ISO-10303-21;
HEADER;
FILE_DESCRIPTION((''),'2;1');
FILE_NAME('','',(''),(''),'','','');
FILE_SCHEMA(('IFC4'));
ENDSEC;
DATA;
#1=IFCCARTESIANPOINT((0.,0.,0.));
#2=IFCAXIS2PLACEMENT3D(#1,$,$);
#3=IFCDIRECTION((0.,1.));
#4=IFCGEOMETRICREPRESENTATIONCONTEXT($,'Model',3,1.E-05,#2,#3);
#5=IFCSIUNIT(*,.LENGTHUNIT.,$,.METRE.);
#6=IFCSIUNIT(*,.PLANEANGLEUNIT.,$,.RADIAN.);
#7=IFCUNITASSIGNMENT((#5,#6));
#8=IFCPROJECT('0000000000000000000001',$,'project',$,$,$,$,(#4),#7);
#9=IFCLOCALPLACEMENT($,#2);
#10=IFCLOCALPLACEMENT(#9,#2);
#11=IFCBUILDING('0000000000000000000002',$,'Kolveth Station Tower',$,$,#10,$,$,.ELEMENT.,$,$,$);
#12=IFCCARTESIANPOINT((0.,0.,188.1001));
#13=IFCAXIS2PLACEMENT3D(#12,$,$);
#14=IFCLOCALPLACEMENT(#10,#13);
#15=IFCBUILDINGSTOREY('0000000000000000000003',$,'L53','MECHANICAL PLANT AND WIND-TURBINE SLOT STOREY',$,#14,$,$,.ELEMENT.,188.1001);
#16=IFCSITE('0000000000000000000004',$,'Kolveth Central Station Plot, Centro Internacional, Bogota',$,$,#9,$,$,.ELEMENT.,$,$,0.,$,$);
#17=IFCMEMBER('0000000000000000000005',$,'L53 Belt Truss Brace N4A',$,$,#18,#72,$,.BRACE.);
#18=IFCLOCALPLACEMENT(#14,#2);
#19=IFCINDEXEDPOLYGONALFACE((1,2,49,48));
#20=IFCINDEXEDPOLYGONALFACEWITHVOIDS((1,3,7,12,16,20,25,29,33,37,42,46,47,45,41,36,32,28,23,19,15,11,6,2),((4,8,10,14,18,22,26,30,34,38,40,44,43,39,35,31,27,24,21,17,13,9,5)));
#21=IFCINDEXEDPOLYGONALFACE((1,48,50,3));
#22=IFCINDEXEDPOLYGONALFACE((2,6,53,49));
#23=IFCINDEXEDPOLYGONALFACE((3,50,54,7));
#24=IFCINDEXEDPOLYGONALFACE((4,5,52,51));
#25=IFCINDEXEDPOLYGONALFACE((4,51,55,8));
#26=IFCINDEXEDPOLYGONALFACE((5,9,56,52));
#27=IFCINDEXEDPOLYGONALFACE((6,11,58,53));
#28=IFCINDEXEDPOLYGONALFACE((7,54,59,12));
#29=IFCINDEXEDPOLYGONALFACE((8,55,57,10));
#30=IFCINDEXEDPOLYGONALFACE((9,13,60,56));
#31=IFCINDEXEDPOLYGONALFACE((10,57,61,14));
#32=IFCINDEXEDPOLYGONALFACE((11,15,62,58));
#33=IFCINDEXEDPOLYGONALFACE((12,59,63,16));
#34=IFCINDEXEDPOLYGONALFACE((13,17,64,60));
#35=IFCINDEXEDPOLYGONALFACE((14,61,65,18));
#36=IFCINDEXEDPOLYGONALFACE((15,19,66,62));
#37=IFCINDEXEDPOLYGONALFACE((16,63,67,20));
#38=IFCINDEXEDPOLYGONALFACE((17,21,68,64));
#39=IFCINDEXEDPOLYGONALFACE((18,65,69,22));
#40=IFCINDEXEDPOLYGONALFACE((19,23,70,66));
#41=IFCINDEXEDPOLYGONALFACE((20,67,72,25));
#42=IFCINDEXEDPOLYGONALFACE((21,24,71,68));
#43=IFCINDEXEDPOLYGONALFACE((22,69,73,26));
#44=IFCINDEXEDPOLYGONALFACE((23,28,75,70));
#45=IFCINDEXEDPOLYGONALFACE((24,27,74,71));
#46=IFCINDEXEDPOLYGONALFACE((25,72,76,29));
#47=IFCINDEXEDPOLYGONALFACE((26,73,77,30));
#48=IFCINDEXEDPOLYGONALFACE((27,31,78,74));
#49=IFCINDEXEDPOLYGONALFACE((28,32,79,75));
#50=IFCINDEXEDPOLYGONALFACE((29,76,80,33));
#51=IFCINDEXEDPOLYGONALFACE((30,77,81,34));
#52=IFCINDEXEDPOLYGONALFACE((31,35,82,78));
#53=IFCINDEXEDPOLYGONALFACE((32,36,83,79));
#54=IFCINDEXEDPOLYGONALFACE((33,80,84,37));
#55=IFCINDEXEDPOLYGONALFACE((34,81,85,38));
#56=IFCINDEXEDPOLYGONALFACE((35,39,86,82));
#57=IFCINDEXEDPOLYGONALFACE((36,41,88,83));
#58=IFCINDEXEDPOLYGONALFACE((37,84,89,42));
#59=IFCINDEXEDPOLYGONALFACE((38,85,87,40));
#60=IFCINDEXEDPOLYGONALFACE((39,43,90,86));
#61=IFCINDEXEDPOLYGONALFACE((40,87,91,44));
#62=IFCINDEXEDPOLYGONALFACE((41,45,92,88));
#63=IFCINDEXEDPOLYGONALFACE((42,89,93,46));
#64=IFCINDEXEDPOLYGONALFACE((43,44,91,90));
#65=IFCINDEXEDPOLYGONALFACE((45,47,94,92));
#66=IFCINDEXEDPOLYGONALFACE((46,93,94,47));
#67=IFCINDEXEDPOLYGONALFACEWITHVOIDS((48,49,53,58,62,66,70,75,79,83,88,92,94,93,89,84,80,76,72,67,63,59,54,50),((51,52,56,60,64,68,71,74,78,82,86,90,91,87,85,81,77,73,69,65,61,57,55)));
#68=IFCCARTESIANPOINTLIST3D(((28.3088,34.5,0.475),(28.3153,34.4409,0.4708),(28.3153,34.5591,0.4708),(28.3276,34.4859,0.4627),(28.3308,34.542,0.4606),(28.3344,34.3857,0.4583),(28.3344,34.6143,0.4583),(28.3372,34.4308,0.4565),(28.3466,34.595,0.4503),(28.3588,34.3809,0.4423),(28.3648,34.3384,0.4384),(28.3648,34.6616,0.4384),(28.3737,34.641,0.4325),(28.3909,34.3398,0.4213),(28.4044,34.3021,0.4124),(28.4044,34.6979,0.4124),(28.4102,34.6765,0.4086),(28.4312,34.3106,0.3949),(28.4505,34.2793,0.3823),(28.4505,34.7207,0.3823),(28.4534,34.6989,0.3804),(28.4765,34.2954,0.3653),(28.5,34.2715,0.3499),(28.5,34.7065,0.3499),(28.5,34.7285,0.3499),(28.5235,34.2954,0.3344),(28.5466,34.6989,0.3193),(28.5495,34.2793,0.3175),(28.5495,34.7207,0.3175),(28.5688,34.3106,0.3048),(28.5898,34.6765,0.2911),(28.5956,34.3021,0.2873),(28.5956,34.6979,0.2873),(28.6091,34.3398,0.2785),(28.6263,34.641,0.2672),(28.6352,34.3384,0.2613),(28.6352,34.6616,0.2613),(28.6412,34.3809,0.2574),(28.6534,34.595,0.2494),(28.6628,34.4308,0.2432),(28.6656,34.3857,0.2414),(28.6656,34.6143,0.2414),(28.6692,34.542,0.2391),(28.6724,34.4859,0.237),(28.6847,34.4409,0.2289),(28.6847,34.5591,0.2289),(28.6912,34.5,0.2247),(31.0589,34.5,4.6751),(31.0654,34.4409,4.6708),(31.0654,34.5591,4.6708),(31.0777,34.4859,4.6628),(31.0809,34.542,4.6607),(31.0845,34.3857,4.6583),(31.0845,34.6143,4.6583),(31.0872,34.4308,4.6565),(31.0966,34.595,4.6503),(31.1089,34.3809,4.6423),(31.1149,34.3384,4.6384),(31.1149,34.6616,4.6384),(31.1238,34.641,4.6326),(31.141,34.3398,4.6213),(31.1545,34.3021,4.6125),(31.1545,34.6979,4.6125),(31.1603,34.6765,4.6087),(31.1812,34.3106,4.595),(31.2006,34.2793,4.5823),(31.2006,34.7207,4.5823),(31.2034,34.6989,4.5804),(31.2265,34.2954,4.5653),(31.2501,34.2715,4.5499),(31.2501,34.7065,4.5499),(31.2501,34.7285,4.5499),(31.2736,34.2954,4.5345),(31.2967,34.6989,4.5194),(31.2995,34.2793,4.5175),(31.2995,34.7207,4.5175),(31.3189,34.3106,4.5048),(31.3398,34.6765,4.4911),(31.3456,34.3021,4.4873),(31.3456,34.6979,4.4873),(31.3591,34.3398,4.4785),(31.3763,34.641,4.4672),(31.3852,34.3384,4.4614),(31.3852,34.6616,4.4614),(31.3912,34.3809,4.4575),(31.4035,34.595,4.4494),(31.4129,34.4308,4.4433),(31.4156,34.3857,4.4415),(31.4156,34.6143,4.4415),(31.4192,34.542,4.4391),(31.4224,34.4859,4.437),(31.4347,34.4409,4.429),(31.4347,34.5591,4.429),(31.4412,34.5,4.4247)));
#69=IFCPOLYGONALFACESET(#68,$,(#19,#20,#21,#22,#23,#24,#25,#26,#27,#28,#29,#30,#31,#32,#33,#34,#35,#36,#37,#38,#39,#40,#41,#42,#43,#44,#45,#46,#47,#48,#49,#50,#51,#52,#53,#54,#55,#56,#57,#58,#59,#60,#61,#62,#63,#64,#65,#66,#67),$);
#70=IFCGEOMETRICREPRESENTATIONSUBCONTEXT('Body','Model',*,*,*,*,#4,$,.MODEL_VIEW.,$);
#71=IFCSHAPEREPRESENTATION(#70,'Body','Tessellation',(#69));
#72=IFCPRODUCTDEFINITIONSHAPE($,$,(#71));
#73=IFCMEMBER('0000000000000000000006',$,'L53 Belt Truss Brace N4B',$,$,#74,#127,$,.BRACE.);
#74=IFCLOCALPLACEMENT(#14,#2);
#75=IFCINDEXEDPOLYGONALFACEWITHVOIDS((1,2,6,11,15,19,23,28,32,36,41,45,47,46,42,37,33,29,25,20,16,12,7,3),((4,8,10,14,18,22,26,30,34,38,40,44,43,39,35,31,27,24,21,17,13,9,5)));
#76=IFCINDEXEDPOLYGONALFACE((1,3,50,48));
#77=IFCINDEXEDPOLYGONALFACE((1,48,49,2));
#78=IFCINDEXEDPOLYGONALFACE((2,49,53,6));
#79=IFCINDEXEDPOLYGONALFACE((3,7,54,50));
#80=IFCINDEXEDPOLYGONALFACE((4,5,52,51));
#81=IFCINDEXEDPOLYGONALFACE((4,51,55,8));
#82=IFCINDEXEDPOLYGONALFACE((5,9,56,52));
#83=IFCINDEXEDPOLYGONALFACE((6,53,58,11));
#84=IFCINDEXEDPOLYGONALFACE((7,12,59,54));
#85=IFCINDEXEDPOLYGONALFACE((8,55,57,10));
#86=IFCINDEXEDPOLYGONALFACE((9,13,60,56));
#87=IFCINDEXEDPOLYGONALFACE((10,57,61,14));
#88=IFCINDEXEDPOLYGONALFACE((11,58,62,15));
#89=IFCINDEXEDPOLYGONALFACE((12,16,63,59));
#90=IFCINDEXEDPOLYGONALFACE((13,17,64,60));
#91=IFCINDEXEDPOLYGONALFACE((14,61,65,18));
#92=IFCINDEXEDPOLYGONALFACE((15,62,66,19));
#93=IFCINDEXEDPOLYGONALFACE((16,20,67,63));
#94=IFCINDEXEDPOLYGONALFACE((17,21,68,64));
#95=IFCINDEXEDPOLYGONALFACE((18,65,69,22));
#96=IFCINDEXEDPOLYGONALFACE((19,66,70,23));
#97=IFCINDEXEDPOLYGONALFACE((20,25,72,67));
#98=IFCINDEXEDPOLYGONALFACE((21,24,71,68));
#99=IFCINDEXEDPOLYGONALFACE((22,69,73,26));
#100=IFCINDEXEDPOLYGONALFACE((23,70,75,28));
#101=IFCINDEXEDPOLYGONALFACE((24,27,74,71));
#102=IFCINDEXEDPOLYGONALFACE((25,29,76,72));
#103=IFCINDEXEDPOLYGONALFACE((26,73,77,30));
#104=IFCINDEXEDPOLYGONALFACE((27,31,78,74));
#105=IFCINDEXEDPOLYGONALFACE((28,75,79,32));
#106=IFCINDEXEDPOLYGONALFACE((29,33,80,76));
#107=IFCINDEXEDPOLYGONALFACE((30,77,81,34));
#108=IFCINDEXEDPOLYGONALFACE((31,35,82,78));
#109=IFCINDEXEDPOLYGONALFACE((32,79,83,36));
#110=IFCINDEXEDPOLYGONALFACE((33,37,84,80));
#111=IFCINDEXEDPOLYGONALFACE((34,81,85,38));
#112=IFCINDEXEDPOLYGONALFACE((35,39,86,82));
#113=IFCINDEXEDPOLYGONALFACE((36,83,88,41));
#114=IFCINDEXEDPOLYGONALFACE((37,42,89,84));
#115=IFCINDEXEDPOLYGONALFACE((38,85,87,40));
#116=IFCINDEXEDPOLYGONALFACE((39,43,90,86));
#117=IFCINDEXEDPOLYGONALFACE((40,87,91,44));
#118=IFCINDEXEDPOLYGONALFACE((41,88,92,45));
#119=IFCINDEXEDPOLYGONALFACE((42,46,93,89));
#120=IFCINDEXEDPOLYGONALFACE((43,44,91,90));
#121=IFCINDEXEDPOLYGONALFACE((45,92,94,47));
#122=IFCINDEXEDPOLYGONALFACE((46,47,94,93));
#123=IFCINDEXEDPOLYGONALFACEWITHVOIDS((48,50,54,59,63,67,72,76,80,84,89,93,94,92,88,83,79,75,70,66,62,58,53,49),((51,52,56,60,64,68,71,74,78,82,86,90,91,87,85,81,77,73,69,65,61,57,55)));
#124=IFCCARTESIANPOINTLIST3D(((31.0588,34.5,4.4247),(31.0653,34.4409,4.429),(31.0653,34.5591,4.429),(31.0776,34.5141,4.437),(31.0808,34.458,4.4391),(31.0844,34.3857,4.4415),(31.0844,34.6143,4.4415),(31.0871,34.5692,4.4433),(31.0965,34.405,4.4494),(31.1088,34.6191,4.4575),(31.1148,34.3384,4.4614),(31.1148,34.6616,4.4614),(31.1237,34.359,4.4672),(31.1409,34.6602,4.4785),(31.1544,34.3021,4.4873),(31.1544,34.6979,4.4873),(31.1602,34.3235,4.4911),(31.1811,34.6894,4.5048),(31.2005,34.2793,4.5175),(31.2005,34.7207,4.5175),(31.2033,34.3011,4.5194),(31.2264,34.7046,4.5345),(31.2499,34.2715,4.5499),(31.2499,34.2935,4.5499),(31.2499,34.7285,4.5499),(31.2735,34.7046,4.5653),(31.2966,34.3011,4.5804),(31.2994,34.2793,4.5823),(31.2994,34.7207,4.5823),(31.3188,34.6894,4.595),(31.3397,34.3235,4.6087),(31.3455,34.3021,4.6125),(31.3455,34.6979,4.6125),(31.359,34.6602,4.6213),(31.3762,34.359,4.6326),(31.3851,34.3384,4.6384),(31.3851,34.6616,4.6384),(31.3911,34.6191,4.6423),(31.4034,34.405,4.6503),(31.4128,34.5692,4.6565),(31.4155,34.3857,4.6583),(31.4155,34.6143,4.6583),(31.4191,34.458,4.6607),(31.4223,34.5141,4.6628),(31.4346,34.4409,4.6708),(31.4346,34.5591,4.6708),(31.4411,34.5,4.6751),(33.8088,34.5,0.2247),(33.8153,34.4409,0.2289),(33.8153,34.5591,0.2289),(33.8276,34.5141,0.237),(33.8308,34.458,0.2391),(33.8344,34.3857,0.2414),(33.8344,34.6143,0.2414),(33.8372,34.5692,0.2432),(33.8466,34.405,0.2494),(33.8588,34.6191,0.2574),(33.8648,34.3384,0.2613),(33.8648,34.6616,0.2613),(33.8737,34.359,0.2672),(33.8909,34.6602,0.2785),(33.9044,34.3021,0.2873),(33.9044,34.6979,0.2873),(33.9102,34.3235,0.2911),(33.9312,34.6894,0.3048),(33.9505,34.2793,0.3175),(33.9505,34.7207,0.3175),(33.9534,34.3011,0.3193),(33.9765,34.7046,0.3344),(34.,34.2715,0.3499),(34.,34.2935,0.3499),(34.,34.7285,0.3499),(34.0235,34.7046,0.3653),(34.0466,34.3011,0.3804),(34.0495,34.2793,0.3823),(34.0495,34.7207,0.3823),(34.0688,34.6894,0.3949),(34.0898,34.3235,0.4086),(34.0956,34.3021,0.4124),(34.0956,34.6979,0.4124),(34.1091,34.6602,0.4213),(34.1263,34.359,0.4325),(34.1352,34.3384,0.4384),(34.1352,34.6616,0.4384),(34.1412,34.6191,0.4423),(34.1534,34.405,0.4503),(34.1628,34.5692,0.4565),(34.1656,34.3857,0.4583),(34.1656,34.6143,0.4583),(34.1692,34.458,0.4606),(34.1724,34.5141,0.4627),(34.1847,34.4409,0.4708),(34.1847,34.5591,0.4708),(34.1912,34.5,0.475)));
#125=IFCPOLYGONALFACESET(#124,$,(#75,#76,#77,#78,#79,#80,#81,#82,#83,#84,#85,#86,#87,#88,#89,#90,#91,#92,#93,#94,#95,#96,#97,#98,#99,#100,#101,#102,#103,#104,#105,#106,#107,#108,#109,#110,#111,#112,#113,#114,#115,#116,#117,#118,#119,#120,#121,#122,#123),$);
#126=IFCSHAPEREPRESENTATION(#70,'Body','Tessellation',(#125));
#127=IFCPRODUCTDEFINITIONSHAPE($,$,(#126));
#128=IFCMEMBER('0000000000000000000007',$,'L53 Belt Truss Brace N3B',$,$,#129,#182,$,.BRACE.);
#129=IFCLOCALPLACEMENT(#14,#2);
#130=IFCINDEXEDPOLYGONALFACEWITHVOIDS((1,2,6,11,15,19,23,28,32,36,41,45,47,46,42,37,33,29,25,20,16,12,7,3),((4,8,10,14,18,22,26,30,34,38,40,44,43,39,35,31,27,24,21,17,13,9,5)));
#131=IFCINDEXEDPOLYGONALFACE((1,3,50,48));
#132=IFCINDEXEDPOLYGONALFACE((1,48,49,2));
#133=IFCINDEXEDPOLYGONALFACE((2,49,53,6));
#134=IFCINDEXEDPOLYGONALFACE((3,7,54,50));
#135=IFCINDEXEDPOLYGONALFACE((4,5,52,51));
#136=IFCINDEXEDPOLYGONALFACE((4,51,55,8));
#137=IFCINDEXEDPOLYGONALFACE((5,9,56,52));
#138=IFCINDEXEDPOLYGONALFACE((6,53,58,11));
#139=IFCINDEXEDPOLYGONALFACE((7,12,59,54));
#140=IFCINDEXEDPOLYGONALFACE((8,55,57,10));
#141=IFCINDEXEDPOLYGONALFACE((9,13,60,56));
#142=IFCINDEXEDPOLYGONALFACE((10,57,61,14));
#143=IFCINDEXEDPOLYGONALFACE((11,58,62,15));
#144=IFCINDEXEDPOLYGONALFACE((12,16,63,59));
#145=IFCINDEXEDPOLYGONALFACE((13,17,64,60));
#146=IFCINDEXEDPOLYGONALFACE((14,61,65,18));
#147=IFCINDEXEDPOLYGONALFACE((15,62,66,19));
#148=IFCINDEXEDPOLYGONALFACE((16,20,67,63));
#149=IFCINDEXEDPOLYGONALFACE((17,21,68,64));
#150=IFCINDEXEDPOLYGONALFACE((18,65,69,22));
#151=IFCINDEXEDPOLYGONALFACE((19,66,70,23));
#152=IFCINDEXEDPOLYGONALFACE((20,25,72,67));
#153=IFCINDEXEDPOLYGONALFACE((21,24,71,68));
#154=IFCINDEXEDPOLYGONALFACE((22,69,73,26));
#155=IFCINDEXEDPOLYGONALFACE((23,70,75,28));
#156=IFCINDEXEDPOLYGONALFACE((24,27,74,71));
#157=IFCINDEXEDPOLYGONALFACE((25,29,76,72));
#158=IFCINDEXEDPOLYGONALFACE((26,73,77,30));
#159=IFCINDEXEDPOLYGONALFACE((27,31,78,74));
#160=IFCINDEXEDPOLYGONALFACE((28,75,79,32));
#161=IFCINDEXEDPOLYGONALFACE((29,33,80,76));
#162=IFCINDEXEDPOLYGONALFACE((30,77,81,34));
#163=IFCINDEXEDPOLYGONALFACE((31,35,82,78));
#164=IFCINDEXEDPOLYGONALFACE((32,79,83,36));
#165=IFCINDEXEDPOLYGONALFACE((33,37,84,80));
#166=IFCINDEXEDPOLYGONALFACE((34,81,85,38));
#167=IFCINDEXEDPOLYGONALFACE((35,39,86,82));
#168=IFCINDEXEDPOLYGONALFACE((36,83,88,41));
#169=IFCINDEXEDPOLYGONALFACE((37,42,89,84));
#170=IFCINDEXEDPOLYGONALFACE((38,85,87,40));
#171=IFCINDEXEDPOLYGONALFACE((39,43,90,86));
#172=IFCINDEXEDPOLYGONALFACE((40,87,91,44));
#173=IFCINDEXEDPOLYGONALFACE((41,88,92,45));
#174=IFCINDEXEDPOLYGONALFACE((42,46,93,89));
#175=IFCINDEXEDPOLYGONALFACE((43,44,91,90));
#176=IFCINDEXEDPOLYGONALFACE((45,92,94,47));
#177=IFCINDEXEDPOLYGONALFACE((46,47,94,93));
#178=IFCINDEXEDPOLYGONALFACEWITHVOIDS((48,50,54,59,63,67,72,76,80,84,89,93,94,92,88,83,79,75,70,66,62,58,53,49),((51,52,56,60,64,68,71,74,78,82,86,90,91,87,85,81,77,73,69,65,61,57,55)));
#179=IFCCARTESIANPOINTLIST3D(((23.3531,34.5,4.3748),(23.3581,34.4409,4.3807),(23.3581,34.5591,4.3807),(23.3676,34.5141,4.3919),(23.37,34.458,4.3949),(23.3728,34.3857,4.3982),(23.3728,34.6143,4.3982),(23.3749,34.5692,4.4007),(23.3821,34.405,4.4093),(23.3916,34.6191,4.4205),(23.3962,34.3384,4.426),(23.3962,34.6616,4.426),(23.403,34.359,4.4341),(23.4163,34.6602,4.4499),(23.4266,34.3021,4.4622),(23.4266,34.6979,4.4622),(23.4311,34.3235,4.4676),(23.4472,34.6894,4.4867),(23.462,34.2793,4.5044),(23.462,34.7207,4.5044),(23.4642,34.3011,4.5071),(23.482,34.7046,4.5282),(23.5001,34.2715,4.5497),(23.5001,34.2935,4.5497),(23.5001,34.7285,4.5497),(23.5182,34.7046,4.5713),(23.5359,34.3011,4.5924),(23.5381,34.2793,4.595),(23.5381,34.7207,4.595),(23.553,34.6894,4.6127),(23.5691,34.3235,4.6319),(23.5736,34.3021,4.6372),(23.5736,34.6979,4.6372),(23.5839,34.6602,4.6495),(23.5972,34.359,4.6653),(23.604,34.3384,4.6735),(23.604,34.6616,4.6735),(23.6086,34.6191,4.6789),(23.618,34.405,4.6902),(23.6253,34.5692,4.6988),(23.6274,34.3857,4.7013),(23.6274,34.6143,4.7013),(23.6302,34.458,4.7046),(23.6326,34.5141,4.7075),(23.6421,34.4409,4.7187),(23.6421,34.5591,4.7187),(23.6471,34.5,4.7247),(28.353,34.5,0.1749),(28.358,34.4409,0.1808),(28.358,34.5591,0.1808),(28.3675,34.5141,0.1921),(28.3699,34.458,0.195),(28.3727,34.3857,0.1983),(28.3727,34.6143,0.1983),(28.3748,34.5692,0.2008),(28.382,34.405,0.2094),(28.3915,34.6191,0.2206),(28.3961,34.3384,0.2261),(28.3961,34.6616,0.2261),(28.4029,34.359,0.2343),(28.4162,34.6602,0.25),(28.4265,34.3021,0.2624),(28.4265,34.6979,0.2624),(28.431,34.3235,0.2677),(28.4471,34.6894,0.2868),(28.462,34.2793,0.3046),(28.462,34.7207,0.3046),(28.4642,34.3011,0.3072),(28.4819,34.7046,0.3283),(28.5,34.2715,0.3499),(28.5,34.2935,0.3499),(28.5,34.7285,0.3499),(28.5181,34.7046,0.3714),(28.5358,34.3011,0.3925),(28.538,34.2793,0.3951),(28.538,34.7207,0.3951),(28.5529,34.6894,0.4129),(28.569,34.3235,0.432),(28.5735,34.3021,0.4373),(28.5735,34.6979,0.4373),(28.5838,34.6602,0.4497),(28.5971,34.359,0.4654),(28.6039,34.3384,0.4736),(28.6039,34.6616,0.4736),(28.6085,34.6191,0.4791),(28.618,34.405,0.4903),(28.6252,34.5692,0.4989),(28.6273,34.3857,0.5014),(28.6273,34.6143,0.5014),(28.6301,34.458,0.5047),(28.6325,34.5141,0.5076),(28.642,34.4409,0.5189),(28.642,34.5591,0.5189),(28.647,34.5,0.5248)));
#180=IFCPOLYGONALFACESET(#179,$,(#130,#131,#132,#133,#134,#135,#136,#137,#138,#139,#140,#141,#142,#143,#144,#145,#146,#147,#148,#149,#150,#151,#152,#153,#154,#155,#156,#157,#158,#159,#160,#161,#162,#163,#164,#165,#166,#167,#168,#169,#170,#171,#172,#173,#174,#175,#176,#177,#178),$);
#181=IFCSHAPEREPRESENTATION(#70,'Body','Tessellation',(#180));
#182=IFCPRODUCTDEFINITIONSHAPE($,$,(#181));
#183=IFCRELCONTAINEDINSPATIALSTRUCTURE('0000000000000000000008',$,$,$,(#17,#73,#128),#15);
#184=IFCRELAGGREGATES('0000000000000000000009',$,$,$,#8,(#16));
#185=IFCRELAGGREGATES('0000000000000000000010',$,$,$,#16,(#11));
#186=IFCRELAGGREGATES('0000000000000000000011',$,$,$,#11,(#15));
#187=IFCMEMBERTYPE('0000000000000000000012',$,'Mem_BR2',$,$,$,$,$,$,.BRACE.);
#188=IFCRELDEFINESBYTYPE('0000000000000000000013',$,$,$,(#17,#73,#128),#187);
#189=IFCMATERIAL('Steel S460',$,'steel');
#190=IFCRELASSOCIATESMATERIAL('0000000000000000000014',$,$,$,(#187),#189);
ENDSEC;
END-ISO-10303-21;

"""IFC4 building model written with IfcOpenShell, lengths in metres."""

from ifc_helpers import new_model, si_unit, direction, frame, origin, origin_2d, place, context, subcontext, project, spatial, hollow_circle, extrude, source, transform, mapped, material, material_profile, profile_set, type_object, element, save


model = new_model("IFC4")

# Units and contexts
model_context = context("Model", 3, precision=1e-05, world=origin(), true_north=direction((0.0, 1.0)))
body_context = subcontext(model_context, "Body", "Model", "MODEL_VIEW")
ifc_project = project(units=[si_unit("LENGTHUNIT", "METRE"), si_unit("PLANEANGLEUNIT", "RADIAN")], contexts=[model_context])

# Site, building, storey
site_placement = place(None, origin())
site = spatial("IfcSite", under=ifc_project, at=site_placement, Name="Kolveth Central Station Plot, Centro Internacional, Bogota", CompositionType="ELEMENT", RefElevation=0.0)
building_placement = place(site_placement, origin())
building = spatial("IfcBuilding", under=site, at=building_placement, Name="Kolveth Station Tower", CompositionType="ELEMENT")
storey_placement = place(building_placement, frame((0.0, 0.0, 188.1001)))
storey = spatial("IfcBuildingStorey", under=building, at=storey_placement, Name="L53", Description="MECHANICAL PLANT AND WIND-TURBINE SLOT STOREY", CompositionType="ELEMENT", Elevation=188.1001)

# Members
ifc_material_1 = material(Name="Steel S460", Category="steel")
ifc_material_profile_1 = material_profile(ifc_material_1, hollow_circle(Radius=0.2285, WallThickness=0.022, at=origin_2d()), Name="CHS457x22")
ifc_profile_set_1 = profile_set([ifc_material_profile_1], Name="Steel S460")
member_type_1 = type_object("IfcMemberType", Name="Mem_BR2", PredefinedType="BRACE", material=ifc_profile_set_1)
shared_shape_1 = source(origin(), body_context, "Body", "SweptSolid", [
    extrude(hollow_circle(Radius=0.2285, WallThickness=0.022, at=origin_2d()), origin(), (0.0, 0.0, 1.0), 5.0203),
])
for number, where, z_axis, x_axis, name in (
    (1, (28.5, 34.5, 0.3499), (0.54779, 0.0, 0.836616), (0.0, 1.0, 0.0), "L53 Belt Truss Brace N4A"),
    (2, (34.0, 34.5, 0.3499), (-0.54779, 0.0, 0.836616), (0.0, -1.0, 0.0), "L53 Belt Truss Brace N4B"),
):
    element("IfcMember", number, at=place(storey_placement, frame(where, z_axis=z_axis, x_axis=x_axis)), inside=storey, type_object=member_type_1, Name=name, PredefinedType="BRACE", context=body_context, shape_type="MappedRepresentation", body=[
        mapped(shared_shape_1, transform((0.0, 0.0, 0.0), x_axis=(1.0, 0.0, 0.0), y_axis=(0.0, 1.0, 0.0), z_axis=(0.0, 0.0, 1.0), scale=1.0)),
    ])
shared_shape_2 = source(origin(), body_context, "Body", "SweptSolid", [
    extrude(hollow_circle(Radius=0.2285, WallThickness=0.022, at=origin_2d()), origin(), (0.0, 0.0, 1.0), 6.5298),
])
member_1_placement = place(storey_placement, frame((28.5, 34.5, 0.3499), z_axis=(-0.765709, 0.0, 0.643188), x_axis=(0.0, -1.0, 0.0)))
element("IfcMember", 3, at=member_1_placement, inside=storey, type_object=member_type_1, Name="L53 Belt Truss Brace N3B", PredefinedType="BRACE", context=body_context, shape_type="MappedRepresentation", body=[
    mapped(shared_shape_2, transform((0.0, 0.0, 0.0), x_axis=(1.0, 0.0, 0.0), y_axis=(0.0, 1.0, 0.0), z_axis=(0.0, 0.0, 1.0), scale=1.0)),
])

save(model, "model.ifc")
